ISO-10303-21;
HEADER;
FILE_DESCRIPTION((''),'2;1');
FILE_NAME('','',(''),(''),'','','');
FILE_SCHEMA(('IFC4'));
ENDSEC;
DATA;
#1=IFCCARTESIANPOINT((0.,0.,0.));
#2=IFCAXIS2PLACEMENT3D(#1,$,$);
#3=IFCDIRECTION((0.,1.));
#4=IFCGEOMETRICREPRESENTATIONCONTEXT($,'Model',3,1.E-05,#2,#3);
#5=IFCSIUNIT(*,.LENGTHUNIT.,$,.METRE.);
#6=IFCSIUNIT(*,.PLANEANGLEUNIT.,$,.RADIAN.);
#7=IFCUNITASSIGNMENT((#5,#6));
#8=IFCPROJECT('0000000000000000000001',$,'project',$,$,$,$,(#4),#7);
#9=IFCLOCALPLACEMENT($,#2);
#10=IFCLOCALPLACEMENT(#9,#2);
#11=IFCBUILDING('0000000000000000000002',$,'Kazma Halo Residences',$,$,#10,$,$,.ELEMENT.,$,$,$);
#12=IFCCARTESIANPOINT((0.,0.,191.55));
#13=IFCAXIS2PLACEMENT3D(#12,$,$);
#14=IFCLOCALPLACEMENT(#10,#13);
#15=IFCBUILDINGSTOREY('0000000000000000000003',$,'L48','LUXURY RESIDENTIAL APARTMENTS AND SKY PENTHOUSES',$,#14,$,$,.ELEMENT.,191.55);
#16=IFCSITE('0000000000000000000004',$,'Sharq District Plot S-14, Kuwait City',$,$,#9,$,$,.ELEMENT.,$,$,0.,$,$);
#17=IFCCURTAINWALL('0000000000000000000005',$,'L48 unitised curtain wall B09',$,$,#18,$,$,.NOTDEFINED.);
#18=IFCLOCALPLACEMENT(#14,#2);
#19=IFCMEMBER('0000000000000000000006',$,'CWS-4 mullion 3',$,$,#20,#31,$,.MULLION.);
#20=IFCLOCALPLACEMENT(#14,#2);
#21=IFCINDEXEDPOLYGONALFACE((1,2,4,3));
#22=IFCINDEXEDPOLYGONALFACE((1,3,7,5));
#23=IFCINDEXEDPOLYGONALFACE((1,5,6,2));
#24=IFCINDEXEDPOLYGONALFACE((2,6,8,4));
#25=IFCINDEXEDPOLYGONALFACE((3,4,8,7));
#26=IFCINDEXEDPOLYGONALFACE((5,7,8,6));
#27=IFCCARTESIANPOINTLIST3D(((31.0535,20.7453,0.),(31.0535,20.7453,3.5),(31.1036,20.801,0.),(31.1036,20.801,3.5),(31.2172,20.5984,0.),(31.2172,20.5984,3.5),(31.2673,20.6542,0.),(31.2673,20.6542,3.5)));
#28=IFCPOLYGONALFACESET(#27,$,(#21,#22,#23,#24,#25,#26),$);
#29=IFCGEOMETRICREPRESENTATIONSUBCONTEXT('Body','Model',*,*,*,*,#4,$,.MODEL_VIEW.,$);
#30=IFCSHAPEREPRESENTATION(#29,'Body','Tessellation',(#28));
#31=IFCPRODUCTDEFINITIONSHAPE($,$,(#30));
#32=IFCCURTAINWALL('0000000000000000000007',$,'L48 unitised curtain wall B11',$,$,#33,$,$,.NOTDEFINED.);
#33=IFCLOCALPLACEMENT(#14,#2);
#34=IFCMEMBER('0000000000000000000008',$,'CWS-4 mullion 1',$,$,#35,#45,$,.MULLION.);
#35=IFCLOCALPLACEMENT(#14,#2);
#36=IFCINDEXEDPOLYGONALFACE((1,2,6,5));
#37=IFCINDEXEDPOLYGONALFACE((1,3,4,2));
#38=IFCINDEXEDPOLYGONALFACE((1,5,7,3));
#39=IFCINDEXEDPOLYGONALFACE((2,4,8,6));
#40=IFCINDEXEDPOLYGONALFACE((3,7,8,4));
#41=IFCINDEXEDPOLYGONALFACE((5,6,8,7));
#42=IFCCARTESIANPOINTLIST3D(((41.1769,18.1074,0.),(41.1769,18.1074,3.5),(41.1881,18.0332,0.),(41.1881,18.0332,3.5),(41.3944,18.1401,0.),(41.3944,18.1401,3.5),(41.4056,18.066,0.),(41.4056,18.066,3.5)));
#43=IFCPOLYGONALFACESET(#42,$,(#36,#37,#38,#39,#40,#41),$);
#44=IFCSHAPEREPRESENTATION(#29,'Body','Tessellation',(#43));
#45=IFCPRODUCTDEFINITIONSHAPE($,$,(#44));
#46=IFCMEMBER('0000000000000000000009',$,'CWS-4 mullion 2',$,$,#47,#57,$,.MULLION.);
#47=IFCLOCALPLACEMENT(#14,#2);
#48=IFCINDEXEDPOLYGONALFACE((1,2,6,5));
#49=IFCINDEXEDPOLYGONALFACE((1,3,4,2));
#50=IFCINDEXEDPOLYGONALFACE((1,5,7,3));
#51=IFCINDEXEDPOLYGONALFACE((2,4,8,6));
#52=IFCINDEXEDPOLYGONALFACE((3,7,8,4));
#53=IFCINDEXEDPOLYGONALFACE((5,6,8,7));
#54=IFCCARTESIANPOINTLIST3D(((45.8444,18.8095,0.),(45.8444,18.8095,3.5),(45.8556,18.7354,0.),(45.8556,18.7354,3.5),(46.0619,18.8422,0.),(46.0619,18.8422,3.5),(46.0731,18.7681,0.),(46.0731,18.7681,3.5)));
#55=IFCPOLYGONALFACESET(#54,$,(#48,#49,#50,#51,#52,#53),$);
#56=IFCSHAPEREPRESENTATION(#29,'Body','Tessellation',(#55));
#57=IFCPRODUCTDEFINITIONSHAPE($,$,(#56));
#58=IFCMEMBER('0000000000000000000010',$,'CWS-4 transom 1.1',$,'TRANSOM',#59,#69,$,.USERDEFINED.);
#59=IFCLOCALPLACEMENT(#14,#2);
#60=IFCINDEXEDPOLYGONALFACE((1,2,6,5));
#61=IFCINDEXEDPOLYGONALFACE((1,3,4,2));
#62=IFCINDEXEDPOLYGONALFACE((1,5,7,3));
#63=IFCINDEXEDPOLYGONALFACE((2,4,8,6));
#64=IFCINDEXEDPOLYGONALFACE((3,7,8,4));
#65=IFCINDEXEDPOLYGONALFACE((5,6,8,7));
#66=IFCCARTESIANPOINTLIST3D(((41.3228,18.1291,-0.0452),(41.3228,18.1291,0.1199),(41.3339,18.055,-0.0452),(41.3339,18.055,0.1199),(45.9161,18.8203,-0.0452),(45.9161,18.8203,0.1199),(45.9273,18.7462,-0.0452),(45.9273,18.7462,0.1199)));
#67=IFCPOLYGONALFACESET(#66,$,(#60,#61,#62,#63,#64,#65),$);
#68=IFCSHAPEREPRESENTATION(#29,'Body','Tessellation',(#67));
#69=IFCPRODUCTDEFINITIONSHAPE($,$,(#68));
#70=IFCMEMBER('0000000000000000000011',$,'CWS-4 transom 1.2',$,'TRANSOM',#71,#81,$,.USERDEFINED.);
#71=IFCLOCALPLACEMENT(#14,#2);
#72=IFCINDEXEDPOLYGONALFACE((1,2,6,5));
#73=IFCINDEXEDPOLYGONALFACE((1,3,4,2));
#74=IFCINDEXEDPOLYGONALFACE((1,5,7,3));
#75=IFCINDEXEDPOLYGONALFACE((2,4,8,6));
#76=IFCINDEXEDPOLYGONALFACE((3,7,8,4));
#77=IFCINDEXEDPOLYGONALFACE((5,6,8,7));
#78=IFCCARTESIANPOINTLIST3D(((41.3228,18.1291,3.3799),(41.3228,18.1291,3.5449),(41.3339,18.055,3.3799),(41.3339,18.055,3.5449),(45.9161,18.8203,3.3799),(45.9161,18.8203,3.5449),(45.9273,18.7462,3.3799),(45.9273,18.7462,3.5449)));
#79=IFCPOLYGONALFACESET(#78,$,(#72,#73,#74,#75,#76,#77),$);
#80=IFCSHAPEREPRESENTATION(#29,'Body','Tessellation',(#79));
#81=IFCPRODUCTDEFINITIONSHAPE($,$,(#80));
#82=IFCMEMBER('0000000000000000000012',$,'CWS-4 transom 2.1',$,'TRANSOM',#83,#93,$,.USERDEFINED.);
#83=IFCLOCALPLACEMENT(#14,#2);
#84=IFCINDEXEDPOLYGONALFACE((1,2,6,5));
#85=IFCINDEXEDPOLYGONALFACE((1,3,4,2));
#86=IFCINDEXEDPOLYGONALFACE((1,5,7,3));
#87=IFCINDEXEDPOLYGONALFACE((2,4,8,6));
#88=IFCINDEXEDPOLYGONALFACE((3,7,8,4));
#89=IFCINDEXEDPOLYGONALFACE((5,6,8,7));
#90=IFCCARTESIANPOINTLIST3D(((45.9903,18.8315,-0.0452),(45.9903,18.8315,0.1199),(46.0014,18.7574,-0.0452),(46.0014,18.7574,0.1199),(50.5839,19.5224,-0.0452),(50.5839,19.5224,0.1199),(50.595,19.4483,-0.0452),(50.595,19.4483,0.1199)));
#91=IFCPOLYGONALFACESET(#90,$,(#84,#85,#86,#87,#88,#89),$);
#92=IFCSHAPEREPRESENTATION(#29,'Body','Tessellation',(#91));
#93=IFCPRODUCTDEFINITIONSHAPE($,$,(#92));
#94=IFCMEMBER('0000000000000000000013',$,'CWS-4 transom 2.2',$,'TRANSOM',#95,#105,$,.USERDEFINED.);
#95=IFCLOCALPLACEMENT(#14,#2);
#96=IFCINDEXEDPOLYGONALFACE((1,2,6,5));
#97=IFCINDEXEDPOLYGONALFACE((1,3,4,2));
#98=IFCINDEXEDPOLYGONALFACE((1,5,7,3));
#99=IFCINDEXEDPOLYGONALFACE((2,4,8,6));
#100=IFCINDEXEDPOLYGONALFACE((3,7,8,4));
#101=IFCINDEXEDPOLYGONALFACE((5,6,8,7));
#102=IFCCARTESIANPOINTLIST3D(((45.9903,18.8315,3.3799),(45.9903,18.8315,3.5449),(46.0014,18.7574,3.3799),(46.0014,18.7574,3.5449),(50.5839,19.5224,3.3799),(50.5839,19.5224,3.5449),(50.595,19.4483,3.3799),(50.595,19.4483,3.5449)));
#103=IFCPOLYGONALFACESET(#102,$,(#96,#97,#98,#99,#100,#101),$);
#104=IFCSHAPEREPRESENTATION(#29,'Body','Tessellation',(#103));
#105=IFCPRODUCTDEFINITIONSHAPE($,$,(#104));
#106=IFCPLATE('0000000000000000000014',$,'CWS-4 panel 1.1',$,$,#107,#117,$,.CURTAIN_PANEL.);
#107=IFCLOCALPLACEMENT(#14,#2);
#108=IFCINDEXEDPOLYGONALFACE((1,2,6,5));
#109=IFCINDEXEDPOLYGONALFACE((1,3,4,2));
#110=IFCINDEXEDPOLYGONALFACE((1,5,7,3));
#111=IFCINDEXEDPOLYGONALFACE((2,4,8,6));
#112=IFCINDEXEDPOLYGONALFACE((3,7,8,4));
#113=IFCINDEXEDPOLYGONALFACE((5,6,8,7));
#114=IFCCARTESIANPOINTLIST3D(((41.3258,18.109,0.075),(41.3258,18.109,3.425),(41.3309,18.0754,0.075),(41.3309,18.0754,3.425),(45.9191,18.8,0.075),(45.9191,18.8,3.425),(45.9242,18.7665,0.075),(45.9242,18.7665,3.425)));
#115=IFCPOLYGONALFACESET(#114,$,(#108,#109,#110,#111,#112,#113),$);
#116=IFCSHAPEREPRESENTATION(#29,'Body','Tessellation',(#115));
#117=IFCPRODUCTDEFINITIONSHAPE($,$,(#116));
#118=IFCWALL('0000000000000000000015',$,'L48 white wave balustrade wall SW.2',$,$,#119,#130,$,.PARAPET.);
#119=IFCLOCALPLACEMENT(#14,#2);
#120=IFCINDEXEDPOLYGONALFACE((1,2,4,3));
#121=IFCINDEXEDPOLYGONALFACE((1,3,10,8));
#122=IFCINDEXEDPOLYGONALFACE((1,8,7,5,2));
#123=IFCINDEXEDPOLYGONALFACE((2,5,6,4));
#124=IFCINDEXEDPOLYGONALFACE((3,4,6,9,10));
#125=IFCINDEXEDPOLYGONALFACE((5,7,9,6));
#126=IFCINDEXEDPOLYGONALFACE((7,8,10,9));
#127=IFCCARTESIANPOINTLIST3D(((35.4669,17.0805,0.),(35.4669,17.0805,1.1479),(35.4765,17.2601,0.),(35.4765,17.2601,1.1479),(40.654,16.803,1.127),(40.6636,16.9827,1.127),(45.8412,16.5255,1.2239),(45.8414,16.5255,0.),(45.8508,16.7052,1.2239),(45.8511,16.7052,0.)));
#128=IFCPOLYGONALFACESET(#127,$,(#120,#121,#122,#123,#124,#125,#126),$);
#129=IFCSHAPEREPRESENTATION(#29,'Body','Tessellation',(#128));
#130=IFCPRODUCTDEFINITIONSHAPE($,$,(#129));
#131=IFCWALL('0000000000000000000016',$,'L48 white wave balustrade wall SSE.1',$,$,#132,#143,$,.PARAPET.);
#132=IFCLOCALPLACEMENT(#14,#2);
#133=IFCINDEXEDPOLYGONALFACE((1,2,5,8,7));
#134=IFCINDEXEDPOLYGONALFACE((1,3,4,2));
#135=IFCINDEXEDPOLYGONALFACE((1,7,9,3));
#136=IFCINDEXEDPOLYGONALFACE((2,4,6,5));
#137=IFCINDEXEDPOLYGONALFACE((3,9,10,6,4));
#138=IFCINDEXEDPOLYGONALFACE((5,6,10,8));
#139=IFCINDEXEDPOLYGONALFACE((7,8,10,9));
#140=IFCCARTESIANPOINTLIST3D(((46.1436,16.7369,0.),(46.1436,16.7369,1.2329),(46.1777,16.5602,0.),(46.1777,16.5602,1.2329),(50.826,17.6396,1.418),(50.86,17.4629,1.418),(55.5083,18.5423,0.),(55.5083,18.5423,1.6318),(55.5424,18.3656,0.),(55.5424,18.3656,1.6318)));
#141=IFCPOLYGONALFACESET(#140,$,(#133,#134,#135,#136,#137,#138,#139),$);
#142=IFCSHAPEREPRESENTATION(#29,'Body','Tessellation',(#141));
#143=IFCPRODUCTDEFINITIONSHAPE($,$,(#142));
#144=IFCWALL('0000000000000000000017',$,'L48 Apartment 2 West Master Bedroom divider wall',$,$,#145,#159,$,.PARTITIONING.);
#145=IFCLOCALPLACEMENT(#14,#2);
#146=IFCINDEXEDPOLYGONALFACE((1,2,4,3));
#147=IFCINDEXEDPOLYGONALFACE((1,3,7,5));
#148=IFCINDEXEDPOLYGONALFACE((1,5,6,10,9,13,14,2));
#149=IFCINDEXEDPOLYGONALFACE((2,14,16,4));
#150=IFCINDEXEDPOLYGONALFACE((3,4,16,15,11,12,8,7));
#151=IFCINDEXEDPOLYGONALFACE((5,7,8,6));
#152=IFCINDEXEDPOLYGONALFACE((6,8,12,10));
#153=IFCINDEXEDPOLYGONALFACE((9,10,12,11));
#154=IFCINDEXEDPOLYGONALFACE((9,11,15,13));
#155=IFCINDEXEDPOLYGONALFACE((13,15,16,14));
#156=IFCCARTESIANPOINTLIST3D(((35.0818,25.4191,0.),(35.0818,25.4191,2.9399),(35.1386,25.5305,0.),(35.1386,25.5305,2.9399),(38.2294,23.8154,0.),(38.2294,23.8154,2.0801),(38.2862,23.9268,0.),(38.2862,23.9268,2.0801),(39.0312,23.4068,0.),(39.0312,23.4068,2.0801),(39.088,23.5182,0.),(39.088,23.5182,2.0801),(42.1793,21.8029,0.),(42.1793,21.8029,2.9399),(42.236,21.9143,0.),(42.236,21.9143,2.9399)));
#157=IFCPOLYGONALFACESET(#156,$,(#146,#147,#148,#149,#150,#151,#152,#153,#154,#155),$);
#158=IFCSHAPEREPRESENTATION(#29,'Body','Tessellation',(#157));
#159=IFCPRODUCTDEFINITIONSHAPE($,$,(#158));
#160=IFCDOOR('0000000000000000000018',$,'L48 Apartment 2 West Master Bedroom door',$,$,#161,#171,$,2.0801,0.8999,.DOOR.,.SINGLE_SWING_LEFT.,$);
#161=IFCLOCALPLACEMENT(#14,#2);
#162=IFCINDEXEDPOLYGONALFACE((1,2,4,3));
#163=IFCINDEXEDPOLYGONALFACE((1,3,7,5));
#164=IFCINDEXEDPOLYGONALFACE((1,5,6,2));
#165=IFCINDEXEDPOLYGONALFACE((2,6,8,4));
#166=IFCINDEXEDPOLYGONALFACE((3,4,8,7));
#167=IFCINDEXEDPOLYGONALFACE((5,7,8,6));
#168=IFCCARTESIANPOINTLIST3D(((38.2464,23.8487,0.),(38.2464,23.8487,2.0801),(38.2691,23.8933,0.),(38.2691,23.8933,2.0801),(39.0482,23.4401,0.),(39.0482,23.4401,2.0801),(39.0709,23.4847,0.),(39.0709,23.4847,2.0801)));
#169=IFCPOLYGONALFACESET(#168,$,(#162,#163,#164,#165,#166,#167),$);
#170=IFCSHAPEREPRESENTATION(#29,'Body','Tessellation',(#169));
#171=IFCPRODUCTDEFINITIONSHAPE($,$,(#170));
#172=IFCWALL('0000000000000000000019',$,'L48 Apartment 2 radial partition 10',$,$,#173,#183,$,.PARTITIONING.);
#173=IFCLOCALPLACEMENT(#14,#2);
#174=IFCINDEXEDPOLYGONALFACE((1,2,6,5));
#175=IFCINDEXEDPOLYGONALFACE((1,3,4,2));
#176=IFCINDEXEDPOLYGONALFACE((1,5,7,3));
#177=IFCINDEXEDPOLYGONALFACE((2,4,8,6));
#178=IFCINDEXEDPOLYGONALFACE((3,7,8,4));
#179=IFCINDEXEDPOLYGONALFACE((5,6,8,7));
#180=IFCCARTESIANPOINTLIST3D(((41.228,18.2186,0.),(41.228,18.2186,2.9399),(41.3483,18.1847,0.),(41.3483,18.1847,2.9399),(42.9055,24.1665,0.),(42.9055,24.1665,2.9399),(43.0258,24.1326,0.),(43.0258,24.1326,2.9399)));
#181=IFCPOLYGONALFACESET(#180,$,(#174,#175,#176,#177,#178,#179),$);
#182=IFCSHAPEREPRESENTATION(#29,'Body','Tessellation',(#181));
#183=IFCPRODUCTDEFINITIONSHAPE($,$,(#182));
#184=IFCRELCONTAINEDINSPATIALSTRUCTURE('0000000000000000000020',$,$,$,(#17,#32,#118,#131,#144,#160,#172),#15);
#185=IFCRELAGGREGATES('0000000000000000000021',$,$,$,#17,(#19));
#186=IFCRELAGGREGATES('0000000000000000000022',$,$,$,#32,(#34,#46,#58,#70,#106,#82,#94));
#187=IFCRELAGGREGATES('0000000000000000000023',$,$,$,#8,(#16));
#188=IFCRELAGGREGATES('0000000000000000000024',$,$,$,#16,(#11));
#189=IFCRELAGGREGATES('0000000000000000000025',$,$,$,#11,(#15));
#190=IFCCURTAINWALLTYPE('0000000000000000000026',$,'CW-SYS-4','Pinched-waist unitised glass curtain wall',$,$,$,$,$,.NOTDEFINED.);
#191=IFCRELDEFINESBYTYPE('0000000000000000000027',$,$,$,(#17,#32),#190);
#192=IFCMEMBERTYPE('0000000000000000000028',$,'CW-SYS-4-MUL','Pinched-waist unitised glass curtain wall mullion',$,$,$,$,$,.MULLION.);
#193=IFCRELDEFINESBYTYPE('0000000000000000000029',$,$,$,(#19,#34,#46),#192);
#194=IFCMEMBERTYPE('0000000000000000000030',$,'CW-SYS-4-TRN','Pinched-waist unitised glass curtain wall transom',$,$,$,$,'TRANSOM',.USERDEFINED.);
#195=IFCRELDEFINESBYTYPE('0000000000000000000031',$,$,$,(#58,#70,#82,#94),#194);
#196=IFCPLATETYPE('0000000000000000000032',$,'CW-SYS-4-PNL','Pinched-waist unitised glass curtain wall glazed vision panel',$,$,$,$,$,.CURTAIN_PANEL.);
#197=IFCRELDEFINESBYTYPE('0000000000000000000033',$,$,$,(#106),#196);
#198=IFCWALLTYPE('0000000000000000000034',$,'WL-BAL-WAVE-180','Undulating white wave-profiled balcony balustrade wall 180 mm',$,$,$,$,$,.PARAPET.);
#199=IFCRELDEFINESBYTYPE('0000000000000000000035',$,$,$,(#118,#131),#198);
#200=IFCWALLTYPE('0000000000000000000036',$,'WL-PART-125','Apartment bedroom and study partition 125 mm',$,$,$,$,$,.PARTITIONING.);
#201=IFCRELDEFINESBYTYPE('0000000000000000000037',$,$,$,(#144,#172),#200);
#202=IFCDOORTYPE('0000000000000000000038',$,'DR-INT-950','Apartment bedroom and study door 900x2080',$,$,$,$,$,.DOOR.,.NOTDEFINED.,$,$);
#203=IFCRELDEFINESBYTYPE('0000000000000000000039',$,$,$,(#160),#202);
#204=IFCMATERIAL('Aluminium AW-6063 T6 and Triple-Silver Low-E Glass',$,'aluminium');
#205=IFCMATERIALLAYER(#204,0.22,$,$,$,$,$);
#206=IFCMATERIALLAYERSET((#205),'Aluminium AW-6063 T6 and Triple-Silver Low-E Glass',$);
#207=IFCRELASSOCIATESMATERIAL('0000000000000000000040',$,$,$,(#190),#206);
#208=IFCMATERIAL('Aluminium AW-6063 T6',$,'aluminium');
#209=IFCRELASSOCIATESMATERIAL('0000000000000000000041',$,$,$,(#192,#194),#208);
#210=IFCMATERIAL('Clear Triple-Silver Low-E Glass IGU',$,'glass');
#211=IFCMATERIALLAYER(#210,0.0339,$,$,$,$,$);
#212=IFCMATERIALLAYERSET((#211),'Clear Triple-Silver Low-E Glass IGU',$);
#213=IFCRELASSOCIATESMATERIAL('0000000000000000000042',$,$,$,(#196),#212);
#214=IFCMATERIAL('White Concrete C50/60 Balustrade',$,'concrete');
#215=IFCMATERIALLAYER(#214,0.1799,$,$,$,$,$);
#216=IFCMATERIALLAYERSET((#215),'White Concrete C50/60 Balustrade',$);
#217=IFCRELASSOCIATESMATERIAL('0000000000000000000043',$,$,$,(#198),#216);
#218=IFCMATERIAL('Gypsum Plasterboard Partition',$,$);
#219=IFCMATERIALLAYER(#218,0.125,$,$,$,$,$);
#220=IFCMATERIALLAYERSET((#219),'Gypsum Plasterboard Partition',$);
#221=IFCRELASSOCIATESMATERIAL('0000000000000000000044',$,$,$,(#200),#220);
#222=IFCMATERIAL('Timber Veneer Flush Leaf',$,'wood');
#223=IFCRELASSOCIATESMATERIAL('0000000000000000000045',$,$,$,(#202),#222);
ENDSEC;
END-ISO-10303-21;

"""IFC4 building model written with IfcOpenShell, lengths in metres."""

from ifc_helpers import new_model, si_unit, direction, frame, frame_2d, origin, origin_2d, place, context, subcontext, project, spatial, polyline, rectangle, outline, extrude, material, layer, layer_set, material_profile, profile_set, type_object, element, fill, aggregate, save


model = new_model("IFC4")

# Units and contexts
model_context = context("Model", 3, precision=1e-05, world=origin(), true_north=direction((0.0, 1.0)))
body_context = subcontext(model_context, "Body", "Model", "MODEL_VIEW")
ifc_project = project(units=[si_unit("LENGTHUNIT", "METRE"), si_unit("PLANEANGLEUNIT", "RADIAN")], contexts=[model_context])

# Site, building, storey
site_placement = place(None, origin())
site = spatial("IfcSite", under=ifc_project, at=site_placement, Name="Sharq District Plot S-14, Kuwait City", CompositionType="ELEMENT", RefElevation=0.0)
building_placement = place(site_placement, origin())
building = spatial("IfcBuilding", under=site, at=building_placement, Name="Kazma Halo Residences", CompositionType="ELEMENT")
storey_placement = place(building_placement, frame((0.0, 0.0, 191.55)))
storey = spatial("IfcBuildingStorey", under=building, at=storey_placement, Name="L48", Description="LUXURY RESIDENTIAL APARTMENTS AND SKY PENTHOUSES", CompositionType="ELEMENT", Elevation=191.55)

# Curtain wall, member
ifc_material_1 = material(Name="Aluminium AW-6063 T6 and Triple-Silver Low-E Glass", Category="aluminium")
ifc_layer_1 = layer(ifc_material_1, 0.22)
ifc_layer_set_1 = layer_set([ifc_layer_1], Name="Aluminium AW-6063 T6 and Triple-Silver Low-E Glass")
curtain_wall_type = type_object("IfcCurtainWallType", Name="CW-SYS-4", Description="Pinched-waist unitised glass curtain wall", PredefinedType="NOTDEFINED", material=ifc_layer_set_1)
curtain_wall_1_placement = place(storey_placement, origin())
curtain_wall_1 = element("IfcCurtainWall", 1, at=curtain_wall_1_placement, inside=storey, type_object=curtain_wall_type, Name="L48 unitised curtain wall B09", PredefinedType="NOTDEFINED")
ifc_material_2 = material(Name="Aluminium AW-6063 T6", Category="aluminium")
ifc_material_profile_1 = material_profile(ifc_material_2, rectangle(XDim=0.075, YDim=0.22, at=origin_2d()), Name="CWM-75x220")
ifc_profile_set_1 = profile_set([ifc_material_profile_1], Name="Aluminium AW-6063 T6")
member_type_1 = type_object("IfcMemberType", Name="CW-SYS-4-MUL", Description="Pinched-waist unitised glass curtain wall mullion", PredefinedType="MULLION", material=ifc_profile_set_1)
member_1_placement = place(storey_placement, frame((31.1604, 20.6997, 0.0), z_axis=(0.0, 0.0, 1.0), x_axis=(0.667784, 0.744355, 0.0)))
member_1 = element("IfcMember", 2, at=member_1_placement, type_object=member_type_1, Name="CWS-4 mullion 3", PredefinedType="MULLION", context=body_context, shape_type="SweptSolid", body=[
    extrude(rectangle(XDim=0.075, YDim=0.22, at=origin_2d()), origin(), (0.0, 0.0, 1.0), 3.5),
])
aggregate(curtain_wall_1, [member_1])

# Curtain wall, members, plate
curtain_wall_2_placement = place(storey_placement, origin())
curtain_wall_2 = element("IfcCurtainWall", 3, at=curtain_wall_2_placement, inside=storey, type_object=curtain_wall_type, Name="L48 unitised curtain wall B11", PredefinedType="NOTDEFINED")
member_2_placement = place(storey_placement, frame((41.2913, 18.0867, 0.0), z_axis=(0.0, 0.0, 1.0), x_axis=(-0.148773, 0.988871, 0.0)))
member_2 = element("IfcMember", 4, at=member_2_placement, type_object=member_type_1, Name="CWS-4 mullion 1", PredefinedType="MULLION", context=body_context, shape_type="SweptSolid", body=[
    extrude(rectangle(XDim=0.075, YDim=0.22, at=origin_2d()), origin(), (0.0, 0.0, 1.0), 3.5),
])
member_3_placement = place(storey_placement, frame((45.9587, 18.7888, 0.0), z_axis=(0.0, 0.0, 1.0), x_axis=(-0.148773, 0.988871, 0.0)))
member_3 = element("IfcMember", 5, at=member_3_placement, type_object=member_type_1, Name="CWS-4 mullion 2", PredefinedType="MULLION", context=body_context, shape_type="SweptSolid", body=[
    extrude(rectangle(XDim=0.075, YDim=0.22, at=origin_2d()), origin(), (0.0, 0.0, 1.0), 3.5),
])
ifc_material_profile_2 = material_profile(ifc_material_2, rectangle(XDim=0.075, YDim=0.165, at=origin_2d()), Name="CWT-75x165")
ifc_profile_set_2 = profile_set([ifc_material_profile_2], Name="Aluminium AW-6063 T6")
member_type_2 = type_object("IfcMemberType", Name="CW-SYS-4-TRN", Description="Pinched-waist unitised glass curtain wall transom", ElementType="TRANSOM", PredefinedType="USERDEFINED", material=ifc_profile_set_2)
member_4_placement = place(storey_placement, frame((41.3284, 18.092, 0.0374), z_axis=(0.988868, 0.148798, 0.0), x_axis=(-0.148798, 0.988868, 0.0)))
member_4 = element("IfcMember", 6, at=member_4_placement, type_object=member_type_2, Name="CWS-4 transom 1.1", ObjectType="TRANSOM", PredefinedType="USERDEFINED", context=body_context, shape_type="SweptSolid", body=[
    extrude(rectangle(XDim=0.075, YDim=0.165, at=origin_2d()), origin(), (0.0, 0.0, 1.0), 4.645),
])
member_5_placement = place(storey_placement, frame((41.3284, 18.092, 3.4624), z_axis=(0.988868, 0.148798, 0.0), x_axis=(-0.148798, 0.988868, 0.0)))
member_5 = element("IfcMember", 7, at=member_5_placement, type_object=member_type_2, Name="CWS-4 transom 1.2", ObjectType="TRANSOM", PredefinedType="USERDEFINED", context=body_context, shape_type="SweptSolid", body=[
    extrude(rectangle(XDim=0.075, YDim=0.165, at=origin_2d()), origin(), (0.0, 0.0, 1.0), 4.645),
])
member_6_placement = place(storey_placement, frame((45.9958, 18.7944, 0.0374), z_axis=(0.988877, 0.148739, 0.0), x_axis=(-0.148739, 0.988877, 0.0)))
member_6 = element("IfcMember", 8, at=member_6_placement, type_object=member_type_2, Name="CWS-4 transom 2.1", ObjectType="TRANSOM", PredefinedType="USERDEFINED", context=body_context, shape_type="SweptSolid", body=[
    extrude(rectangle(XDim=0.075, YDim=0.165, at=origin_2d()), origin(), (0.0, 0.0, 1.0), 4.6453),
])
member_7_placement = place(storey_placement, frame((45.9958, 18.7944, 3.4624), z_axis=(0.988877, 0.148739, 0.0), x_axis=(-0.148739, 0.988877, 0.0)))
member_7 = element("IfcMember", 9, at=member_7_placement, type_object=member_type_2, Name="CWS-4 transom 2.2", ObjectType="TRANSOM", PredefinedType="USERDEFINED", context=body_context, shape_type="SweptSolid", body=[
    extrude(rectangle(XDim=0.075, YDim=0.165, at=origin_2d()), origin(), (0.0, 0.0, 1.0), 4.6453),
])
ifc_material_3 = material(Name="Clear Triple-Silver Low-E Glass IGU", Category="glass")
ifc_layer_2 = layer(ifc_material_3, 0.0339)
ifc_layer_set_2 = layer_set([ifc_layer_2], Name="Clear Triple-Silver Low-E Glass IGU")
plate_type = type_object("IfcPlateType", Name="CW-SYS-4-PNL", Description="Pinched-waist unitised glass curtain wall glazed vision panel", PredefinedType="CURTAIN_PANEL", material=ifc_layer_set_2)
plate_placement = place(storey_placement, frame((43.625, 18.4377, 0.075), z_axis=(0.0, 0.0, 1.0), x_axis=(0.988871, 0.148773, 0.0)))
plate = element("IfcPlate", 10, at=plate_placement, type_object=plate_type, Name="CWS-4 panel 1.1", PredefinedType="CURTAIN_PANEL", context=body_context, shape_type="SweptSolid", body=[
    extrude(rectangle(XDim=4.645, YDim=0.0339, at=origin_2d()), origin(), (0.0, 0.0, 1.0), 3.3501),
])
aggregate(curtain_wall_2, [member_2, member_3, member_4, member_5, plate, member_6, member_7])

# Walls
ifc_material_4 = material(Name="White Concrete C50/60 Balustrade", Category="concrete")
ifc_layer_3 = layer(ifc_material_4, 0.1799)
ifc_layer_set_3 = layer_set([ifc_layer_3], Name="White Concrete C50/60 Balustrade")
wall_type_1 = type_object("IfcWallType", Name="WL-BAL-WAVE-180", Description="Undulating white wave-profiled balcony balustrade wall 180 mm", PredefinedType="PARAPET", material=ifc_layer_set_3)
wall_1_placement = place(storey_placement, frame((35.4717, 17.1704, 0.0), z_axis=(0.0, 0.0, 1.0), x_axis=(0.998572, -0.053414, 0.0)))
element("IfcWall", 11, at=wall_1_placement, inside=storey, type_object=wall_type_1, Name="L48 white wave balustrade wall SW.2", PredefinedType="PARAPET", context=body_context, shape_type="SweptSolid", body=[
    extrude(outline(polyline([(0.0, 0.0), (10.3894, 0.0), (10.3892, 1.2239), (5.1946, 1.127), (0.0, 1.1479), (0.0, 0.0)])), frame((0.0, 0.0898, 0.0), z_axis=(0.0, -1.0, 0.0), x_axis=(1.0, 0.0, 0.0)), (0.0, 0.0, 1.0), 0.1799),
])
wall_2_placement = place(storey_placement, frame((46.1606, 16.6487, 0.0), z_axis=(0.0, 0.0, 1.0), x_axis=(0.981919, 0.189303, 0.0)))
element("IfcWall", 12, at=wall_2_placement, inside=storey, type_object=wall_type_1, Name="L48 white wave balustrade wall SSE.1", PredefinedType="PARAPET", context=body_context, shape_type="SweptSolid", body=[
    extrude(outline(polyline([(0.0, 0.0), (9.5371, 0.0), (9.5371, 1.6318), (4.7686, 1.418), (0.0, 1.2329), (0.0, 0.0)])), frame((0.0, 0.0898, 0.0), z_axis=(0.0, -1.0, 0.0), x_axis=(1.0, 0.0, 0.0)), (0.0, 0.0, 1.0), 0.1799),
])

# Wall, opening, door
ifc_material_5 = material(Name="Gypsum Plasterboard Partition")
ifc_layer_4 = layer(ifc_material_5, 0.125)
ifc_layer_set_4 = layer_set([ifc_layer_4], Name="Gypsum Plasterboard Partition")
wall_type_2 = type_object("IfcWallType", Name="WL-PART-125", Description="Apartment bedroom and study partition 125 mm", PredefinedType="PARTITIONING", material=ifc_layer_set_4)
wall_3_placement = place(storey_placement, frame((35.1101, 25.4749, 0.0), z_axis=(0.0, 0.0, 1.0), x_axis=(0.891012, -0.45398, 0.0)))
wall_3 = element("IfcWall", 13, at=wall_3_placement, inside=storey, type_object=wall_type_2, Name="L48 Apartment 2 West Master Bedroom divider wall", PredefinedType="PARTITIONING", context=body_context, shape_type="SweptSolid", body=[
    extrude(rectangle(XDim=7.9656, YDim=0.125, at=frame_2d((3.9829, 0.0))), origin(), (0.0, 0.0, 1.0), 2.9399),
])
opening_1_placement = place(wall_3_placement, frame((3.5327, 0.0, 0.0)))
opening_1 = element("IfcOpeningElement", 14, at=opening_1_placement, cuts=wall_3, PredefinedType="OPENING", context=body_context, shape_type="SweptSolid", body=[
    extrude(rectangle(XDim=0.8999, YDim=2.0801, at=frame_2d((0.45, 1.04))), frame((0.0, 0.0725, 0.0), z_axis=(0.0, -1.0, 0.0), x_axis=(1.0, 0.0, 0.0)), (0.0, 0.0, 1.0), 0.145),
])
ifc_material_6 = material(Name="Timber Veneer Flush Leaf", Category="wood")
door_type_1 = type_object("IfcDoorType", Name="DR-INT-950", Description="Apartment bedroom and study door 900x2080", OperationType="NOTDEFINED", PredefinedType="DOOR", material=ifc_material_6)
door_1_placement = place(opening_1_placement, origin())
door_1 = element("IfcDoor", 15, at=door_1_placement, inside=storey, type_object=door_type_1, Name="L48 Apartment 2 West Master Bedroom door", OperationType="SINGLE_SWING_LEFT", OverallHeight=2.0801, OverallWidth=0.8999, PredefinedType="DOOR", context=body_context, shape_type="SweptSolid", body=[
    extrude(rectangle(XDim=0.8999, YDim=2.0801, at=frame_2d((0.45, 1.04))), frame((0.0, 0.0249, 0.0), z_axis=(0.0, -1.0, 0.0), x_axis=(1.0, 0.0, 0.0)), (0.0, 0.0, 1.0), 0.05),
])
fill(opening_1, door_1)

# Wall
wall_4_placement = place(storey_placement, frame((42.9656, 24.1494, 0.0), z_axis=(0.0, 0.0, 1.0), x_axis=(-0.271438, -0.962456, 0.0)))
element("IfcWall", 16, at=wall_4_placement, inside=storey, type_object=wall_type_2, Name="L48 Apartment 2 radial partition 10", PredefinedType="PARTITIONING", context=body_context, shape_type="SweptSolid", body=[
    extrude(rectangle(XDim=6.1799, YDim=0.125, at=frame_2d((3.0898, 0.0))), origin(), (0.0, 0.0, 1.0), 2.9399),
])

save(model, "model.ifc")
